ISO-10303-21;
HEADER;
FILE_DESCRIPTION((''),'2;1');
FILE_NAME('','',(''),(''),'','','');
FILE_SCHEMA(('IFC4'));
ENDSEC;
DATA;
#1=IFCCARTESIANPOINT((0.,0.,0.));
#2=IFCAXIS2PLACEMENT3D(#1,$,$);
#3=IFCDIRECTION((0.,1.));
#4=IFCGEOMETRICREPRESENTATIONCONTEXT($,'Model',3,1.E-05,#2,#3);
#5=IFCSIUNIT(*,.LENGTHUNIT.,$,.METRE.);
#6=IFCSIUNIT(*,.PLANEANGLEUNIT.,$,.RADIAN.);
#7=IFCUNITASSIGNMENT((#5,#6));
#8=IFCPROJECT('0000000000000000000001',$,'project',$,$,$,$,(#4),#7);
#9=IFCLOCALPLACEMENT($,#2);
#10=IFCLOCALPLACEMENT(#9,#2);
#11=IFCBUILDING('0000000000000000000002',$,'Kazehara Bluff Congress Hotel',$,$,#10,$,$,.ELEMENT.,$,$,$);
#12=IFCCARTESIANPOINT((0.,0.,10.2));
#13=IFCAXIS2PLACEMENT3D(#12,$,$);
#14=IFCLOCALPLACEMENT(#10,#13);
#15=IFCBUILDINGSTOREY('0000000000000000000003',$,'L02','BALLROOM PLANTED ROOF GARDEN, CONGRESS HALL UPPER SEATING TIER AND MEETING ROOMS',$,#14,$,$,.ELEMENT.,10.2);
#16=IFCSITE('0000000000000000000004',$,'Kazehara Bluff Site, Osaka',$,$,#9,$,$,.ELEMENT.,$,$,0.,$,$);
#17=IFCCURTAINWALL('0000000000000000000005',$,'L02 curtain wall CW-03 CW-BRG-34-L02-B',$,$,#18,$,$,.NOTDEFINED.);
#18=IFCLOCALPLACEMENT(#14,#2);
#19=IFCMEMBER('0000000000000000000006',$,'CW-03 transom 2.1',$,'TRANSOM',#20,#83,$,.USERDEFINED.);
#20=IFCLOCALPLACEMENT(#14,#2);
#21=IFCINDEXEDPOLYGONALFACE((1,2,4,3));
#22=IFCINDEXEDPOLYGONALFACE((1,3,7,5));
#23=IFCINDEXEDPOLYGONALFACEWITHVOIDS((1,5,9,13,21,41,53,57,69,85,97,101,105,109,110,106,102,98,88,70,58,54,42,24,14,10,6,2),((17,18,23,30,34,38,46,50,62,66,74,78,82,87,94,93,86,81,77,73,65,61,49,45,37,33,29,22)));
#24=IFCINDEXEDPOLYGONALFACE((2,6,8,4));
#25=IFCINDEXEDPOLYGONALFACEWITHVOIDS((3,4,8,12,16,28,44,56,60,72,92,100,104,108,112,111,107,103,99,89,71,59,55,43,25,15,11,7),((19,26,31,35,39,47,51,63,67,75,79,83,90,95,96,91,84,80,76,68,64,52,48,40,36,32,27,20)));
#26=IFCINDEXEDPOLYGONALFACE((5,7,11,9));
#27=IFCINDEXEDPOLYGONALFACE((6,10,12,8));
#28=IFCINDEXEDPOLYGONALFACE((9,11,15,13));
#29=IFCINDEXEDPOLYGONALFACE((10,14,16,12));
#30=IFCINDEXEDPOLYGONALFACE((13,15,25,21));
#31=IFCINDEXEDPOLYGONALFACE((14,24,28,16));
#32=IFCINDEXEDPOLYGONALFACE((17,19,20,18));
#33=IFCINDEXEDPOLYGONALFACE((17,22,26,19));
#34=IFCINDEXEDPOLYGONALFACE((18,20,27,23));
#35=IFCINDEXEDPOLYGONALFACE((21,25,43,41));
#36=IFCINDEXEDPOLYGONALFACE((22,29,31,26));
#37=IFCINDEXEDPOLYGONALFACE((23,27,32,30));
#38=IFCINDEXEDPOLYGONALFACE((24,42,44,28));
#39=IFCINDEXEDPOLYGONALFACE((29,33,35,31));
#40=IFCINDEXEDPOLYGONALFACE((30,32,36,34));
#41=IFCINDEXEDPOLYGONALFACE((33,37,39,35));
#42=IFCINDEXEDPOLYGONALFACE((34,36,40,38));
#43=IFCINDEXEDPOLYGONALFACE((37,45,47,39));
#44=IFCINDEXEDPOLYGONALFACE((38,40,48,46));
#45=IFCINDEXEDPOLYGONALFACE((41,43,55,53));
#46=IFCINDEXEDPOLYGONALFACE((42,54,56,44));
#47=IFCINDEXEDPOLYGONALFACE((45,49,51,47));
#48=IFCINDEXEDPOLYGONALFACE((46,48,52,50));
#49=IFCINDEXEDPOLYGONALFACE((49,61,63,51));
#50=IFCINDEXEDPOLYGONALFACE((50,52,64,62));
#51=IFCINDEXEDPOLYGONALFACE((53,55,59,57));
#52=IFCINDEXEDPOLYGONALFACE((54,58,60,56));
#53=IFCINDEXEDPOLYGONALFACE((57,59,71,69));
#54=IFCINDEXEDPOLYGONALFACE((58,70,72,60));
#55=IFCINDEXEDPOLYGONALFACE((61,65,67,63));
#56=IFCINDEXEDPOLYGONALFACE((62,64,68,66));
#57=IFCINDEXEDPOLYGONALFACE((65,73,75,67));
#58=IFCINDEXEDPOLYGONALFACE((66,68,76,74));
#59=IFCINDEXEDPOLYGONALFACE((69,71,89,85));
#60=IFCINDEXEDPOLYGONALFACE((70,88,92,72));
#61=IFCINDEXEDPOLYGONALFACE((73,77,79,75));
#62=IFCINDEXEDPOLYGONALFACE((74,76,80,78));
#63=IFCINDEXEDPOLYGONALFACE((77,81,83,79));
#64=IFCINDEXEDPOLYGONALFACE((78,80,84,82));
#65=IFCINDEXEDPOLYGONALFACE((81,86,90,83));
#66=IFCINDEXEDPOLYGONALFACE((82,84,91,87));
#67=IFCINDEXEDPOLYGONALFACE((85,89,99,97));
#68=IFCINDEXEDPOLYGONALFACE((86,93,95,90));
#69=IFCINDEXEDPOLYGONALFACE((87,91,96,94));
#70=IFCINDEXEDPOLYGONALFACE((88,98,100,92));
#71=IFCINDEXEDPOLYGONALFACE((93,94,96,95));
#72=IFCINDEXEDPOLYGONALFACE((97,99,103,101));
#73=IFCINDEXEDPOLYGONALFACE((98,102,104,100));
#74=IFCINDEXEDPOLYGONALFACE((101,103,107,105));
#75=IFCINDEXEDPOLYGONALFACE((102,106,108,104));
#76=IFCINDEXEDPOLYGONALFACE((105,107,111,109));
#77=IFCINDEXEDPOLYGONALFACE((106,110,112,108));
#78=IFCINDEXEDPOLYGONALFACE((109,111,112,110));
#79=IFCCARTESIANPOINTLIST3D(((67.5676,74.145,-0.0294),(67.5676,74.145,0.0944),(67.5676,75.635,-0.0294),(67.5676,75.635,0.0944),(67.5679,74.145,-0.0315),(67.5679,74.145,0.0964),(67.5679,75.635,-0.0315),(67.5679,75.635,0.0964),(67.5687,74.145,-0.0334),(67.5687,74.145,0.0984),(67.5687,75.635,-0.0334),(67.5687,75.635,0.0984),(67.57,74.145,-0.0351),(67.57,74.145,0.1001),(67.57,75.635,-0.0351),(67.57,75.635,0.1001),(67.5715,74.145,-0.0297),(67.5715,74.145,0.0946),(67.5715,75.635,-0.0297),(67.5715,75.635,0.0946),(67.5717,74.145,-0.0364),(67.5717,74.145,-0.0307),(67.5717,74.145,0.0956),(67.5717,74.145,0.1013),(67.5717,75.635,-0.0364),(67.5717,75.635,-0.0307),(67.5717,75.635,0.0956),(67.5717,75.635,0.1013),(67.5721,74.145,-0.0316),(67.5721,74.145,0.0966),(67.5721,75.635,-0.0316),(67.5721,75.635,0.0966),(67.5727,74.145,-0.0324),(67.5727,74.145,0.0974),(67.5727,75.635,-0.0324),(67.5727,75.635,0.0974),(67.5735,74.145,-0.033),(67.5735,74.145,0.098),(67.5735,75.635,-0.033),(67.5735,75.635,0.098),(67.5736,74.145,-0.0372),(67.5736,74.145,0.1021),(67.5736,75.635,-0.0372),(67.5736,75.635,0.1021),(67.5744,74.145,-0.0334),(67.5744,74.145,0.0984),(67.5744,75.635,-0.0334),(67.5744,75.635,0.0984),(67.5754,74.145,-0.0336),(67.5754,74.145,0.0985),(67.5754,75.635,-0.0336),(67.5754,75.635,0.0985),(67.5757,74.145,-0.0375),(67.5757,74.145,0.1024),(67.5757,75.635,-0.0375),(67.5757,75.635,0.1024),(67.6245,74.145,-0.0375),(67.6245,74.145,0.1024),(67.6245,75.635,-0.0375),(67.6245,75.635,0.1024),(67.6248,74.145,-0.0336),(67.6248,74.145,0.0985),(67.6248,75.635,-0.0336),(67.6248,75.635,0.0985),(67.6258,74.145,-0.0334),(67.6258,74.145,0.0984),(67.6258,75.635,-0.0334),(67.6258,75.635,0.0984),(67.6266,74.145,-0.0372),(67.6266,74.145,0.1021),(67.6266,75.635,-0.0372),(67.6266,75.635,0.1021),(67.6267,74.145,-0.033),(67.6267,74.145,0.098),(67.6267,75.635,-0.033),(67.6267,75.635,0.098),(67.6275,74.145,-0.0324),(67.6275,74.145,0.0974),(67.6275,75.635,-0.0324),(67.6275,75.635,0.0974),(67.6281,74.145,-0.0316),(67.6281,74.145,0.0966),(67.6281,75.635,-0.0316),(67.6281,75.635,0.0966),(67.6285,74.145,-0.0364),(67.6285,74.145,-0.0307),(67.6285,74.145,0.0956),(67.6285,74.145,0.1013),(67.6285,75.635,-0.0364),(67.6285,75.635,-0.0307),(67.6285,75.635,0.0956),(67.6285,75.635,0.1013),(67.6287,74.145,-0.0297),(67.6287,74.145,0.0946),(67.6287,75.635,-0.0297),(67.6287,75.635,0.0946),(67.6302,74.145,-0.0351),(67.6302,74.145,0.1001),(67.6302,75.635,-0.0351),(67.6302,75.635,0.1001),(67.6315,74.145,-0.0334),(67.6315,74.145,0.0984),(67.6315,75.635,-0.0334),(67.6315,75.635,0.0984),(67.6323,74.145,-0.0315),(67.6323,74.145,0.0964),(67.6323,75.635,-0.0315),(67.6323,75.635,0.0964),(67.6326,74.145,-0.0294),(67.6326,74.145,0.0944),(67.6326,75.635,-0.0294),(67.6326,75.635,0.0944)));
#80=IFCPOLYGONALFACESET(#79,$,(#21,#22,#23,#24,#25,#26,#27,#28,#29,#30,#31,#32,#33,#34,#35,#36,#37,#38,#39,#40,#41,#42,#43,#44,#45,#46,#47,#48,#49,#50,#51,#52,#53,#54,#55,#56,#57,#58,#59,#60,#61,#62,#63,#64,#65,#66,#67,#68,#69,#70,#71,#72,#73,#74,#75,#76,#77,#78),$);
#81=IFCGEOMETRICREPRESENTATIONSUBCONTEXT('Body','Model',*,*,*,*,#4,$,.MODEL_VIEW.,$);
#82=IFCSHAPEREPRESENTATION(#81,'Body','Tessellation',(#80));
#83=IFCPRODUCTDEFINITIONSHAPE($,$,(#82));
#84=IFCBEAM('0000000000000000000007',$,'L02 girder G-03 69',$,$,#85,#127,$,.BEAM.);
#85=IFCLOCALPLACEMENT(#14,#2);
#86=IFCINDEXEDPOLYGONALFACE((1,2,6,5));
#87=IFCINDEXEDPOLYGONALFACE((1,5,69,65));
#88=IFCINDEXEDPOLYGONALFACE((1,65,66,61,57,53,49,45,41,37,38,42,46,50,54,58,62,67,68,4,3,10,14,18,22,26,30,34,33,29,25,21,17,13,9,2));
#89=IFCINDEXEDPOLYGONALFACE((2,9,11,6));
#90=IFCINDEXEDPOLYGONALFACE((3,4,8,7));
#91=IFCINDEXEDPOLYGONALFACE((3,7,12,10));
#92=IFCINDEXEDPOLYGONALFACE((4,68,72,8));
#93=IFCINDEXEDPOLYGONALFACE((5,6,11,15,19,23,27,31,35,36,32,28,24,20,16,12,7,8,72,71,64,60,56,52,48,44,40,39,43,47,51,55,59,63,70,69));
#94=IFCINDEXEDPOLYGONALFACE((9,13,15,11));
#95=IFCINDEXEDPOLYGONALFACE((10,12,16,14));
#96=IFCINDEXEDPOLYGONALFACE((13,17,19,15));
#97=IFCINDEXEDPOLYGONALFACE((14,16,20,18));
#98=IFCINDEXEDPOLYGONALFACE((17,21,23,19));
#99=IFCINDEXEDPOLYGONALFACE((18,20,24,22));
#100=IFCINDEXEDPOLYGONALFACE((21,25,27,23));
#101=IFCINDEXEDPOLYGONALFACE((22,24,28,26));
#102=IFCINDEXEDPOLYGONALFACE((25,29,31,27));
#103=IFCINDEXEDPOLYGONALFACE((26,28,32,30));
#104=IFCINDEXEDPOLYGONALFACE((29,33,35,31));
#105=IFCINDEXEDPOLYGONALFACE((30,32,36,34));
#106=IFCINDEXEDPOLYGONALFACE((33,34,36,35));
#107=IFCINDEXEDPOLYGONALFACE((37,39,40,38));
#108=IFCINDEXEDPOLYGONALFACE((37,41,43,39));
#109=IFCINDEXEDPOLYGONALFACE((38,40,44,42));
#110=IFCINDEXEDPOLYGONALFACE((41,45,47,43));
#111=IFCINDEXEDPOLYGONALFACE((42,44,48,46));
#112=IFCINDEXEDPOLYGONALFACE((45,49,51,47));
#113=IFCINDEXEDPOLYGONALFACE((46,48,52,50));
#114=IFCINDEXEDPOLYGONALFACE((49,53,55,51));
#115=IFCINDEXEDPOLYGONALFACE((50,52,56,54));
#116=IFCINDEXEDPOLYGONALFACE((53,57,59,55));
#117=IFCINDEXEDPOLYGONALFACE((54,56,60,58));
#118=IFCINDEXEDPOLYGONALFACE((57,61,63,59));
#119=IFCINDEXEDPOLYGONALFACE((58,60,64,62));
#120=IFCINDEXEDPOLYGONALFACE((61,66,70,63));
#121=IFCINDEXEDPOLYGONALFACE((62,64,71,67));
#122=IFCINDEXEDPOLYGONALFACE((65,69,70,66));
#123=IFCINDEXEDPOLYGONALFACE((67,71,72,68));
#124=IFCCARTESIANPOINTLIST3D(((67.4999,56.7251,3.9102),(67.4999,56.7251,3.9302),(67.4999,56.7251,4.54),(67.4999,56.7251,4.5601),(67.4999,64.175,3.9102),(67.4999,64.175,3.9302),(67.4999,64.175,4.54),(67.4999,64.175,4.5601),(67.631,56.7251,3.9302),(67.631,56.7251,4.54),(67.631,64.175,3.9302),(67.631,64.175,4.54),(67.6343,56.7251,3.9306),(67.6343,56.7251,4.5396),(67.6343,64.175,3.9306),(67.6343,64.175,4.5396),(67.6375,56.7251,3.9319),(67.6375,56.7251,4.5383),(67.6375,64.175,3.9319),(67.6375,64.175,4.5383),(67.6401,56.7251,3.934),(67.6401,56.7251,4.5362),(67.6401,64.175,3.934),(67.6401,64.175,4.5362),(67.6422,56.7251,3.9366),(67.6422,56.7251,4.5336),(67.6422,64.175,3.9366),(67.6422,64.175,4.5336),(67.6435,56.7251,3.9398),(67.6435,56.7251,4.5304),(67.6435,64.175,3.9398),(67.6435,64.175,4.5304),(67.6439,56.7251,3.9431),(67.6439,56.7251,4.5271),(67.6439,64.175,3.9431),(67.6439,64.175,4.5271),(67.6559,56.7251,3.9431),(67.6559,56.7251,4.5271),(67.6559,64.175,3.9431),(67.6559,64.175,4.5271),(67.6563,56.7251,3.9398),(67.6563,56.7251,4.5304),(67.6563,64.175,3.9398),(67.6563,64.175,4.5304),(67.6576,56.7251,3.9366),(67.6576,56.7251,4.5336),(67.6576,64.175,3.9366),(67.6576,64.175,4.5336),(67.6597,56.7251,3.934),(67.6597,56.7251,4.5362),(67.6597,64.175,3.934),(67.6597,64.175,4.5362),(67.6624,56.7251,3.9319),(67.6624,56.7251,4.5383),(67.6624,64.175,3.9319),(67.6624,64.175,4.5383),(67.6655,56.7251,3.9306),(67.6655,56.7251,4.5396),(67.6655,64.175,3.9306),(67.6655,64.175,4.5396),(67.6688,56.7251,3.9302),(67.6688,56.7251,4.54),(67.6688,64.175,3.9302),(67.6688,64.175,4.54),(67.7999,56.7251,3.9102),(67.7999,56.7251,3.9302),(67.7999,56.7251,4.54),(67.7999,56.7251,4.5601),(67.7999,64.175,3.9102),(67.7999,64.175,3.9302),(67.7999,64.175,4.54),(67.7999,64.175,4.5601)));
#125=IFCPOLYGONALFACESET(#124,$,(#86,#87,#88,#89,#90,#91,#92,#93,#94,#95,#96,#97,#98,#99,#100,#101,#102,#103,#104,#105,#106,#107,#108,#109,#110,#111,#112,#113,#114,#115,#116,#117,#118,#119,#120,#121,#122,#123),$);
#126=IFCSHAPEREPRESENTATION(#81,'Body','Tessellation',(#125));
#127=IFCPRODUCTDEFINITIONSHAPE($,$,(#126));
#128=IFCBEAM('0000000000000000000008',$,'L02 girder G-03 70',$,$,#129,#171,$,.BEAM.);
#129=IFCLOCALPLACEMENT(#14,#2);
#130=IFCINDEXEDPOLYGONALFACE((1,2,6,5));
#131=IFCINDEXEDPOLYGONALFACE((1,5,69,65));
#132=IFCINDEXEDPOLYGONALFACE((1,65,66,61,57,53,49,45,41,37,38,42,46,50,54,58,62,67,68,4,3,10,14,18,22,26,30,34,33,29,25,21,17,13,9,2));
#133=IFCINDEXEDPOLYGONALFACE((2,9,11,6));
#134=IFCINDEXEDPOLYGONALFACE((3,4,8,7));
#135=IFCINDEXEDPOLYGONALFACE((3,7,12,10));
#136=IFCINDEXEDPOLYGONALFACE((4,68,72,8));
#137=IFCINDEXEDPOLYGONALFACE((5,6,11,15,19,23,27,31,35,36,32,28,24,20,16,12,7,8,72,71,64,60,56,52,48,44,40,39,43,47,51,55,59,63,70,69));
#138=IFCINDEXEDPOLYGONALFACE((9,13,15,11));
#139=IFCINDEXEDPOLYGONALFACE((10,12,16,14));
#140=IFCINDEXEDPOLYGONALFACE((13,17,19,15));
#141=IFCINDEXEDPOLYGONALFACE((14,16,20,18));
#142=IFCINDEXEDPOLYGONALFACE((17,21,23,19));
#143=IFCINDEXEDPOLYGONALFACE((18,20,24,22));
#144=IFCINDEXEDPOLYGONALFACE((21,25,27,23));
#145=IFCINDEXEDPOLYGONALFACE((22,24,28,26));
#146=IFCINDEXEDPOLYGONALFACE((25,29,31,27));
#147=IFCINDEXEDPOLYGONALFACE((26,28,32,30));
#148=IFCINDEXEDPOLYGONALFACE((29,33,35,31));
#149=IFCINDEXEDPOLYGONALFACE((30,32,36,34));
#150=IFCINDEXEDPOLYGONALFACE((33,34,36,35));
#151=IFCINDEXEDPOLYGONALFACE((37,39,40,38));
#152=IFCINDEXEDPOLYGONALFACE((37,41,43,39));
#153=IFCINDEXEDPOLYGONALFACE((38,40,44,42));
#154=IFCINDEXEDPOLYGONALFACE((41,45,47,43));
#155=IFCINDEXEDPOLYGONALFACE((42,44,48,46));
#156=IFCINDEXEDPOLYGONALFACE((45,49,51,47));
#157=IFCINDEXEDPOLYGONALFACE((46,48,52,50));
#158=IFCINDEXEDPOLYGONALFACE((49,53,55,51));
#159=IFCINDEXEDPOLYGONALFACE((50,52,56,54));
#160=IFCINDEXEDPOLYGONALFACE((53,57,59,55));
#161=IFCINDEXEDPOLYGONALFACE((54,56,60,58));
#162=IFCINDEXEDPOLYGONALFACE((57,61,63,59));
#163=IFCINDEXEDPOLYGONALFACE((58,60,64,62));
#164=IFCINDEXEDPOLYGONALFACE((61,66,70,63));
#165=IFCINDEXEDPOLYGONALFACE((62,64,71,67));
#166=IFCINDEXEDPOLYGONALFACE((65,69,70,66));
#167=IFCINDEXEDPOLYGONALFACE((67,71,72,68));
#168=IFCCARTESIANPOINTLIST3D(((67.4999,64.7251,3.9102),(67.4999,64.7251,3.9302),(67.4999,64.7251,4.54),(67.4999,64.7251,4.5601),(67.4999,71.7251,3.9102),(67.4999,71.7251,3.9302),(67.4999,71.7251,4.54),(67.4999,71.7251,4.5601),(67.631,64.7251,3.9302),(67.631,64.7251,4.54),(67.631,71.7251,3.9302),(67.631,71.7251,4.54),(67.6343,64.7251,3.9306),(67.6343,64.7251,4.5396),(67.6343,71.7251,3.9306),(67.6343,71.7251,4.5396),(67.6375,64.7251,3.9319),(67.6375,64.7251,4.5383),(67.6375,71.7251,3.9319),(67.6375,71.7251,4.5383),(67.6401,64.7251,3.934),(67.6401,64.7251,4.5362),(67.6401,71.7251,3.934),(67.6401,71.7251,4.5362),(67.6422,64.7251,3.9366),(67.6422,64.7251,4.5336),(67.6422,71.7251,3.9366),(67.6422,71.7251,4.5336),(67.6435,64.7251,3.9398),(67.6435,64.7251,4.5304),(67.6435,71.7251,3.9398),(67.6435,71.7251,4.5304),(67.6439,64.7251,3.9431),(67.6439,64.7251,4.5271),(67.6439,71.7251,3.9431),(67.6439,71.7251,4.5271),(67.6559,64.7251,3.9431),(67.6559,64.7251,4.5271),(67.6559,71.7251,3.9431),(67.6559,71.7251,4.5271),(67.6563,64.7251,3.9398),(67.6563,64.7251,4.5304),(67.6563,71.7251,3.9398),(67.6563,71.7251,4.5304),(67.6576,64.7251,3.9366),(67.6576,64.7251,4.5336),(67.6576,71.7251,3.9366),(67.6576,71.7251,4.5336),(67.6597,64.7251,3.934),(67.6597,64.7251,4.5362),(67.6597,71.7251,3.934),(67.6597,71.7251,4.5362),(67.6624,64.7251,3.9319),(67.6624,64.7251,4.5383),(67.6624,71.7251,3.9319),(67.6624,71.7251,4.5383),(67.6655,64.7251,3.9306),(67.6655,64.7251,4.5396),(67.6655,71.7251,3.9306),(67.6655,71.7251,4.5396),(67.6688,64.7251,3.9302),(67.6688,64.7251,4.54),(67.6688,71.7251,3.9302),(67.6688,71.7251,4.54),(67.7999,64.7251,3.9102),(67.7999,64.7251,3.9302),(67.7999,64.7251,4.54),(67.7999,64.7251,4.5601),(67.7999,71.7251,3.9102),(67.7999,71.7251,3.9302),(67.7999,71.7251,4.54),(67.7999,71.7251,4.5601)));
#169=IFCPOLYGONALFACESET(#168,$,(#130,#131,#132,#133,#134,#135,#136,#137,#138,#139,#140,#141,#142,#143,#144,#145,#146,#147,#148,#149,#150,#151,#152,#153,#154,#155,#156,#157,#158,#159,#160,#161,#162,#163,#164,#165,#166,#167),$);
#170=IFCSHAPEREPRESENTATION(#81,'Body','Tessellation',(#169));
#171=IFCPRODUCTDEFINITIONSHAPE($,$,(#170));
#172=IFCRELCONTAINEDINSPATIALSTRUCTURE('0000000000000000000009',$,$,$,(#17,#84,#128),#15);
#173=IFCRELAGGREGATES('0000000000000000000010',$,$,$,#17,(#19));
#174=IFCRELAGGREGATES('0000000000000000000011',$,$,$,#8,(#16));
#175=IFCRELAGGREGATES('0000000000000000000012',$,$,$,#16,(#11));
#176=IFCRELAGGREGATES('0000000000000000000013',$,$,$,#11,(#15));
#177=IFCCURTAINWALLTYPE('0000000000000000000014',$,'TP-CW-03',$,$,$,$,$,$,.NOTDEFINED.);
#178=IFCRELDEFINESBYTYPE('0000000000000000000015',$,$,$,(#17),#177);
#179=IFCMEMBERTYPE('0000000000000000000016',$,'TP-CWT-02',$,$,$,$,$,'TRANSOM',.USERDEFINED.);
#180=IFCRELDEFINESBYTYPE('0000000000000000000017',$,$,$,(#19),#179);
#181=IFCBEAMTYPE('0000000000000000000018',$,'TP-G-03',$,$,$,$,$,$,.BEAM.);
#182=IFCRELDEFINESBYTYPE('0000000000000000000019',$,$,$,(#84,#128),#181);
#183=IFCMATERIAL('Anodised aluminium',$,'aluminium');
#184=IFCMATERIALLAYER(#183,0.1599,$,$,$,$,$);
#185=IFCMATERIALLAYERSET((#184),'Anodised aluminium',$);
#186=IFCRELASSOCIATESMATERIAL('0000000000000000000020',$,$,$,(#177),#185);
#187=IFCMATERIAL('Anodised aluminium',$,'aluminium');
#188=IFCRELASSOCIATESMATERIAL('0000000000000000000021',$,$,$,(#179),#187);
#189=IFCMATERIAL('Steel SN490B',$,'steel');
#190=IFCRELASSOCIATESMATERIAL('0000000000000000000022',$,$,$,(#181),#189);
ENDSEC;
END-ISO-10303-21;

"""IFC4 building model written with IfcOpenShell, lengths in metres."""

from ifc_helpers import new_model, si_unit, direction, frame, origin, origin_2d, place, context, subcontext, project, spatial, hollow_rectangle, i_section, extrude, material, layer, layer_set, material_profile, profile_set, type_object, element, aggregate, save


model = new_model("IFC4")

# Units and contexts
model_context = context("Model", 3, precision=1e-05, world=origin(), true_north=direction((0.0, 1.0)))
body_context = subcontext(model_context, "Body", "Model", "MODEL_VIEW")
ifc_project = project(units=[si_unit("LENGTHUNIT", "METRE"), si_unit("PLANEANGLEUNIT", "RADIAN")], contexts=[model_context])

# Site, building, storey
site_placement = place(None, origin())
site = spatial("IfcSite", under=ifc_project, at=site_placement, Name="Kazehara Bluff Site, Osaka", CompositionType="ELEMENT", RefElevation=0.0)
building_placement = place(site_placement, origin())
building = spatial("IfcBuilding", under=site, at=building_placement, Name="Kazehara Bluff Congress Hotel", CompositionType="ELEMENT")
storey_placement = place(building_placement, frame((0.0, 0.0, 10.2)))
storey = spatial("IfcBuildingStorey", under=building, at=storey_placement, Name="L02", Description="BALLROOM PLANTED ROOF GARDEN, CONGRESS HALL UPPER SEATING TIER AND MEETING ROOMS", CompositionType="ELEMENT", Elevation=10.2)

# Curtain wall
ifc_material_1 = material(Name="Anodised aluminium", Category="aluminium")
ifc_layer_1 = layer(ifc_material_1, 0.1599)
ifc_layer_set_1 = layer_set([ifc_layer_1], Name="Anodised aluminium")
curtain_wall_type_1 = type_object("IfcCurtainWallType", Name="TP-CW-03", PredefinedType="NOTDEFINED", material=ifc_layer_set_1)
curtain_wall_1_placement = place(storey_placement, origin())
curtain_wall_1 = element("IfcCurtainWall", 1, at=curtain_wall_1_placement, inside=storey, type_object=curtain_wall_type_1, Name="L02 curtain wall CW-03 CW-BRG-34-L02-B", PredefinedType="NOTDEFINED")
ifc_material_2 = material(Name="Anodised aluminium", Category="aluminium")
ifc_material_profile_1 = material_profile(ifc_material_2, hollow_rectangle(XDim=0.0649, YDim=0.1399, WallThickness=0.0039, InnerFilletRadius=0.0039, OuterFilletRadius=0.0081, at=origin_2d()))
ifc_profile_set_1 = profile_set([ifc_material_profile_1], Name="Anodised aluminium")
member_type_1 = type_object("IfcMemberType", Name="TP-CWT-02", ElementType="TRANSOM", PredefinedType="USERDEFINED", material=ifc_profile_set_1)

# Member
member_1_placement = place(storey_placement, frame((67.6001, 74.145, 0.0325), z_axis=(0.0, 1.0, 0.0), x_axis=(-1.0, 0.0, 0.0)))
member_1 = element("IfcMember", 2, at=member_1_placement, type_object=member_type_1, Name="CW-03 transom 2.1", ObjectType="TRANSOM", PredefinedType="USERDEFINED", context=body_context, shape_type="SweptSolid", body=[
    extrude(hollow_rectangle(XDim=0.0649, YDim=0.1399, WallThickness=0.0039, InnerFilletRadius=0.0039, OuterFilletRadius=0.0081, at=origin_2d()), origin(), (0.0, 0.0, 1.0), 1.49),
])

# Beams
ifc_material_3 = material(Name="Steel SN490B", Category="steel")
ifc_material_profile_2 = material_profile(ifc_material_3, i_section(OverallWidth=0.3, OverallDepth=0.6499, WebThickness=0.012, FlangeThickness=0.02, FilletRadius=0.0129, at=origin_2d()))
ifc_profile_set_2 = profile_set([ifc_material_profile_2], Name="Steel SN490B")
beam_type_1 = type_object("IfcBeamType", Name="TP-G-03", PredefinedType="BEAM", material=ifc_profile_set_2)
beam_1_placement = place(storey_placement, frame((67.6499, 56.7251, 4.2351), z_axis=(0.0, 1.0, 0.0), x_axis=(-1.0, 0.0, 0.0)))
element("IfcBeam", 3, at=beam_1_placement, inside=storey, type_object=beam_type_1, Name="L02 girder G-03 69", PredefinedType="BEAM", context=body_context, shape_type="SweptSolid", body=[
    extrude(i_section(OverallWidth=0.3, OverallDepth=0.6499, WebThickness=0.012, FlangeThickness=0.02, FilletRadius=0.0129, at=origin_2d()), origin(), (0.0, 0.0, 1.0), 7.45),
])
beam_2_placement = place(storey_placement, frame((67.6499, 64.7251, 4.2351), z_axis=(0.0, 1.0, 0.0), x_axis=(-1.0, 0.0, 0.0)))
element("IfcBeam", 4, at=beam_2_placement, inside=storey, type_object=beam_type_1, Name="L02 girder G-03 70", PredefinedType="BEAM", context=body_context, shape_type="SweptSolid", body=[
    extrude(i_section(OverallWidth=0.3, OverallDepth=0.6499, WebThickness=0.012, FlangeThickness=0.02, FilletRadius=0.0129, at=origin_2d()), origin(), (0.0, 0.0, 1.0), 7.0),
])

aggregate(curtain_wall_1, [member_1])

save(model, "model.ifc")
